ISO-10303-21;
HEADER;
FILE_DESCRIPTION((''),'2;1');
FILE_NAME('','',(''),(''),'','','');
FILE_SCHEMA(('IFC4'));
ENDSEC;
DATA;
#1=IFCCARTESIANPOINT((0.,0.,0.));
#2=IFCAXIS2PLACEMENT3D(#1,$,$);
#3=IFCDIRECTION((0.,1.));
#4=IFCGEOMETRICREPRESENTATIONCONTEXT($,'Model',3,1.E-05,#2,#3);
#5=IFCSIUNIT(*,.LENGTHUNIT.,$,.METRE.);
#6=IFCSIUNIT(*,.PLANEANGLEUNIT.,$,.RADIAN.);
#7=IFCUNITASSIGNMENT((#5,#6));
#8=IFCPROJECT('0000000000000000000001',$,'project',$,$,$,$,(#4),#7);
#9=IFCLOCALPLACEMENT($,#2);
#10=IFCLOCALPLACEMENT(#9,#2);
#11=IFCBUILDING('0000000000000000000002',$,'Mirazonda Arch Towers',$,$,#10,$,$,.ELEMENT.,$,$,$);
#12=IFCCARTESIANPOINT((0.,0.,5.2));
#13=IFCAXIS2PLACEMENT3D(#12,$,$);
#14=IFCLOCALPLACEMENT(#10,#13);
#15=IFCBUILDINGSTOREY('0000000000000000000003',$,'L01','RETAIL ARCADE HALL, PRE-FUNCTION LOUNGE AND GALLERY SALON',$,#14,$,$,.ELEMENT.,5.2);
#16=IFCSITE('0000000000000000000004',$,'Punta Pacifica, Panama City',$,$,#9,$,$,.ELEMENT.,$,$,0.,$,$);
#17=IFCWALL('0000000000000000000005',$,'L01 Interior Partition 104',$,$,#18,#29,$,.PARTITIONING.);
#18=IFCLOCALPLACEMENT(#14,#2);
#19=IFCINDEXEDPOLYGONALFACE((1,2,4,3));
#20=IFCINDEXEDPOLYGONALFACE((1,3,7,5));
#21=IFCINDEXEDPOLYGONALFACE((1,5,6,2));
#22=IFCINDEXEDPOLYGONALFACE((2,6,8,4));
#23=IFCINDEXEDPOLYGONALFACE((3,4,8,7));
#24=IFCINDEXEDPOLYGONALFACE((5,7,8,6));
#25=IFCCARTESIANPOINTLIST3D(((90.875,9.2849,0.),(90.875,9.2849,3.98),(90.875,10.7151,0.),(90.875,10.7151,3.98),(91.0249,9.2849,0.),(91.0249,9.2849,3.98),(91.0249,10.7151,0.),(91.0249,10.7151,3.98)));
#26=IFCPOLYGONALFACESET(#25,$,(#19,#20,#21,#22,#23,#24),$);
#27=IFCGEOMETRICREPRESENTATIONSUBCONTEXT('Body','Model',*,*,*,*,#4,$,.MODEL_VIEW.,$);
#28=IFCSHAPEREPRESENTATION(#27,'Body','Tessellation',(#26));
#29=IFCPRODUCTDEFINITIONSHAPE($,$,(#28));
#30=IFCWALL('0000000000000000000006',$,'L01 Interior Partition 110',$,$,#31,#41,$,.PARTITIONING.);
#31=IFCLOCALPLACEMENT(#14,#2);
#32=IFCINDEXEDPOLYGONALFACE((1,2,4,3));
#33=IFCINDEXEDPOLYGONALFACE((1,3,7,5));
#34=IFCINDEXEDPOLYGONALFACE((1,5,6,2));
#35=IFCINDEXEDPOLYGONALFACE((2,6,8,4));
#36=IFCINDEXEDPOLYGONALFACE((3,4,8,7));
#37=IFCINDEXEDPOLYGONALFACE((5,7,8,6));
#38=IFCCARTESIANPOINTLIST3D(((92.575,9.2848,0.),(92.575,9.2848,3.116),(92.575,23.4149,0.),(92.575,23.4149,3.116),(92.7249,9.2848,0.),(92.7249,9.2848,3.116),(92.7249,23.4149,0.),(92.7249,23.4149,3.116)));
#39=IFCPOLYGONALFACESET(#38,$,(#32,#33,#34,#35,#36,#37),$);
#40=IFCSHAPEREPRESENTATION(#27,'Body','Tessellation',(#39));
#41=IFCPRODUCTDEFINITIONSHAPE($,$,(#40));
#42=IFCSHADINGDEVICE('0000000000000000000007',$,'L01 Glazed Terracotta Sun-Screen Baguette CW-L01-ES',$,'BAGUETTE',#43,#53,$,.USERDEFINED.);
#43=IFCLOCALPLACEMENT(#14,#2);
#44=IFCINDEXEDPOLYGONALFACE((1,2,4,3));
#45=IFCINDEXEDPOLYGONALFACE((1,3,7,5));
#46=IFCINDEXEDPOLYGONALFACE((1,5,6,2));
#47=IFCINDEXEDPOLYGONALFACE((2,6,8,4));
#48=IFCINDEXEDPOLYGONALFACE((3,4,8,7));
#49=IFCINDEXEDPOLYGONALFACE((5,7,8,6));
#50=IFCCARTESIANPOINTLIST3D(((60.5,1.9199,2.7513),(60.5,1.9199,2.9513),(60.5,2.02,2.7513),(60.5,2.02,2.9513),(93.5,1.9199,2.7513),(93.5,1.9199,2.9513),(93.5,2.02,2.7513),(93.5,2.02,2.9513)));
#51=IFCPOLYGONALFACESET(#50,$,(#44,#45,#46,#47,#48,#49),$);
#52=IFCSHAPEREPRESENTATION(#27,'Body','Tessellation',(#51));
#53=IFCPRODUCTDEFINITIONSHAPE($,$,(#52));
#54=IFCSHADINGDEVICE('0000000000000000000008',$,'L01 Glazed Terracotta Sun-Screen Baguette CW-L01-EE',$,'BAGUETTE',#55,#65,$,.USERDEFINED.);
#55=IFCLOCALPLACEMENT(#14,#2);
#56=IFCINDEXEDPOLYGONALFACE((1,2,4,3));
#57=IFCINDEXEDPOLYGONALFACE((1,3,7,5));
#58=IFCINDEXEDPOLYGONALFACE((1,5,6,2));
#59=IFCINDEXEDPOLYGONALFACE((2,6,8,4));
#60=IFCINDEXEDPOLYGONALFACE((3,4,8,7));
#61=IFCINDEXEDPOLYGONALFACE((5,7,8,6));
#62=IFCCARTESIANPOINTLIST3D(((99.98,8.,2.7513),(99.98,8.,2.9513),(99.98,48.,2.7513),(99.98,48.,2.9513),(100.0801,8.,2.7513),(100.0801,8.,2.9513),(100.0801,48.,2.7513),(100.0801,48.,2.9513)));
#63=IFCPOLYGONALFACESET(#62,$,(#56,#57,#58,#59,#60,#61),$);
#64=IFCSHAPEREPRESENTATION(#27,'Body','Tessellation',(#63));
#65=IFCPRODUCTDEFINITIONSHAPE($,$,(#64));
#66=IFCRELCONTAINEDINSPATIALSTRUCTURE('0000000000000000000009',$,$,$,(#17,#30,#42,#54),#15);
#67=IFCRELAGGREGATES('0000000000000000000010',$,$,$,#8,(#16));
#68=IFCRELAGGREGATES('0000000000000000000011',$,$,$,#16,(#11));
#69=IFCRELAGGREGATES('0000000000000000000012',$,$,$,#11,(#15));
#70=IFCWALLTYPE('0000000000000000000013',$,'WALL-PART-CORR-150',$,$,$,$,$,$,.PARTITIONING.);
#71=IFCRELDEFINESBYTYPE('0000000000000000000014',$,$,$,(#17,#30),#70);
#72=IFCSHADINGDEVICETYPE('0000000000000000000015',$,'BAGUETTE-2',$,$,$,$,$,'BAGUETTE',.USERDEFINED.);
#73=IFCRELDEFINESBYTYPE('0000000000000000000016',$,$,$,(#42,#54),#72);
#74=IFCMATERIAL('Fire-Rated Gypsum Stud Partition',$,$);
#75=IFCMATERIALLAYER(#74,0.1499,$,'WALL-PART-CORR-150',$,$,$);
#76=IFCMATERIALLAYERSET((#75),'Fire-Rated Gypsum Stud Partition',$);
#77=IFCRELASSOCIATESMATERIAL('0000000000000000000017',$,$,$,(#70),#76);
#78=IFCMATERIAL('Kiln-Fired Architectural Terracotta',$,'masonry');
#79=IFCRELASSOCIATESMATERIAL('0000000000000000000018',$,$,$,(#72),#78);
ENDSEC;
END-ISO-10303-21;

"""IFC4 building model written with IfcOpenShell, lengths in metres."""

from ifc_helpers import new_model, si_unit, direction, frame, frame_2d, origin, origin_2d, place, context, subcontext, project, spatial, rectangle, extrude, material, layer, layer_set, material_profile, profile_set, type_object, element, save


model = new_model("IFC4")

# Units and contexts
model_context = context("Model", 3, precision=1e-05, world=origin(), true_north=direction((0.0, 1.0)))
body_context = subcontext(model_context, "Body", "Model", "MODEL_VIEW")
ifc_project = project(units=[si_unit("LENGTHUNIT", "METRE"), si_unit("PLANEANGLEUNIT", "RADIAN")], contexts=[model_context])

# Site, building, storey
site_placement = place(None, origin())
site = spatial("IfcSite", under=ifc_project, at=site_placement, Name="Punta Pacifica, Panama City", CompositionType="ELEMENT", RefElevation=0.0)
building_placement = place(site_placement, origin())
building = spatial("IfcBuilding", under=site, at=building_placement, Name="Mirazonda Arch Towers", CompositionType="ELEMENT")
storey_placement = place(building_placement, frame((0.0, 0.0, 5.2)))
storey = spatial("IfcBuildingStorey", under=building, at=storey_placement, Name="L01", Description="RETAIL ARCADE HALL, PRE-FUNCTION LOUNGE AND GALLERY SALON", CompositionType="ELEMENT", Elevation=5.2)

# Walls
ifc_material_1 = material(Name="Fire-Rated Gypsum Stud Partition")
ifc_layer_1 = layer(ifc_material_1, 0.1499, Name="WALL-PART-CORR-150")
ifc_layer_set_1 = layer_set([ifc_layer_1], Name="Fire-Rated Gypsum Stud Partition")
wall_type = type_object("IfcWallType", Name="WALL-PART-CORR-150", PredefinedType="PARTITIONING", material=ifc_layer_set_1)
wall_1_placement = place(storey_placement, frame((90.95, 9.2849, 0.0), z_axis=(0.0, 0.0, 1.0), x_axis=(0.0, 1.0, 0.0)))
element("IfcWall", 1, at=wall_1_placement, inside=storey, type_object=wall_type, Name="L01 Interior Partition 104", PredefinedType="PARTITIONING", context=body_context, shape_type="SweptSolid", body=[
    extrude(rectangle(XDim=1.4302, YDim=0.1499, at=frame_2d((0.7151, 0.0))), origin(), (0.0, 0.0, 1.0), 3.98),
])
wall_2_placement = place(storey_placement, frame((92.6499, 9.2849, 0.0), z_axis=(0.0, 0.0, 1.0), x_axis=(0.0, 1.0, 0.0)))
element("IfcWall", 2, at=wall_2_placement, inside=storey, type_object=wall_type, Name="L01 Interior Partition 110", PredefinedType="PARTITIONING", context=body_context, shape_type="SweptSolid", body=[
    extrude(rectangle(XDim=14.1301, YDim=0.1499, at=frame_2d((7.0649, 0.0))), origin(), (0.0, 0.0, 1.0), 3.116),
])

# Shading devices
ifc_material_2 = material(Name="Kiln-Fired Architectural Terracotta", Category="masonry")
ifc_material_profile_1 = material_profile(ifc_material_2, rectangle(XDim=0.1001, YDim=0.2, at=origin_2d()), Name="TERRA-BAG-100x200")
ifc_profile_set_1 = profile_set([ifc_material_profile_1], Name="Kiln-Fired Architectural Terracotta")
shading_device_type = type_object("IfcShadingDeviceType", Name="BAGUETTE-2", ElementType="BAGUETTE", PredefinedType="USERDEFINED", material=ifc_profile_set_1)
shading_device_1_placement = place(storey_placement, frame((93.5, 1.97, 2.8513), z_axis=(-1.0, 0.0, 0.0), x_axis=(0.0, -1.0, 0.0)))
element("IfcShadingDevice", 3, at=shading_device_1_placement, inside=storey, type_object=shading_device_type, Name="L01 Glazed Terracotta Sun-Screen Baguette CW-L01-ES", ObjectType="BAGUETTE", PredefinedType="USERDEFINED", context=body_context, shape_type="SweptSolid", body=[
    extrude(rectangle(XDim=0.1001, YDim=0.2, at=origin_2d()), origin(), (0.0, 0.0, 1.0), 33.0),
])
shading_device_2_placement = place(storey_placement, frame((100.03, 8.0, 2.8513), z_axis=(0.0, 1.0, 0.0), x_axis=(-1.0, 0.0, 0.0)))
element("IfcShadingDevice", 4, at=shading_device_2_placement, inside=storey, type_object=shading_device_type, Name="L01 Glazed Terracotta Sun-Screen Baguette CW-L01-EE", ObjectType="BAGUETTE", PredefinedType="USERDEFINED", context=body_context, shape_type="SweptSolid", body=[
    extrude(rectangle(XDim=0.1001, YDim=0.2, at=origin_2d()), origin(), (0.0, 0.0, 1.0), 40.0),
])

save(model, "model.ifc")
